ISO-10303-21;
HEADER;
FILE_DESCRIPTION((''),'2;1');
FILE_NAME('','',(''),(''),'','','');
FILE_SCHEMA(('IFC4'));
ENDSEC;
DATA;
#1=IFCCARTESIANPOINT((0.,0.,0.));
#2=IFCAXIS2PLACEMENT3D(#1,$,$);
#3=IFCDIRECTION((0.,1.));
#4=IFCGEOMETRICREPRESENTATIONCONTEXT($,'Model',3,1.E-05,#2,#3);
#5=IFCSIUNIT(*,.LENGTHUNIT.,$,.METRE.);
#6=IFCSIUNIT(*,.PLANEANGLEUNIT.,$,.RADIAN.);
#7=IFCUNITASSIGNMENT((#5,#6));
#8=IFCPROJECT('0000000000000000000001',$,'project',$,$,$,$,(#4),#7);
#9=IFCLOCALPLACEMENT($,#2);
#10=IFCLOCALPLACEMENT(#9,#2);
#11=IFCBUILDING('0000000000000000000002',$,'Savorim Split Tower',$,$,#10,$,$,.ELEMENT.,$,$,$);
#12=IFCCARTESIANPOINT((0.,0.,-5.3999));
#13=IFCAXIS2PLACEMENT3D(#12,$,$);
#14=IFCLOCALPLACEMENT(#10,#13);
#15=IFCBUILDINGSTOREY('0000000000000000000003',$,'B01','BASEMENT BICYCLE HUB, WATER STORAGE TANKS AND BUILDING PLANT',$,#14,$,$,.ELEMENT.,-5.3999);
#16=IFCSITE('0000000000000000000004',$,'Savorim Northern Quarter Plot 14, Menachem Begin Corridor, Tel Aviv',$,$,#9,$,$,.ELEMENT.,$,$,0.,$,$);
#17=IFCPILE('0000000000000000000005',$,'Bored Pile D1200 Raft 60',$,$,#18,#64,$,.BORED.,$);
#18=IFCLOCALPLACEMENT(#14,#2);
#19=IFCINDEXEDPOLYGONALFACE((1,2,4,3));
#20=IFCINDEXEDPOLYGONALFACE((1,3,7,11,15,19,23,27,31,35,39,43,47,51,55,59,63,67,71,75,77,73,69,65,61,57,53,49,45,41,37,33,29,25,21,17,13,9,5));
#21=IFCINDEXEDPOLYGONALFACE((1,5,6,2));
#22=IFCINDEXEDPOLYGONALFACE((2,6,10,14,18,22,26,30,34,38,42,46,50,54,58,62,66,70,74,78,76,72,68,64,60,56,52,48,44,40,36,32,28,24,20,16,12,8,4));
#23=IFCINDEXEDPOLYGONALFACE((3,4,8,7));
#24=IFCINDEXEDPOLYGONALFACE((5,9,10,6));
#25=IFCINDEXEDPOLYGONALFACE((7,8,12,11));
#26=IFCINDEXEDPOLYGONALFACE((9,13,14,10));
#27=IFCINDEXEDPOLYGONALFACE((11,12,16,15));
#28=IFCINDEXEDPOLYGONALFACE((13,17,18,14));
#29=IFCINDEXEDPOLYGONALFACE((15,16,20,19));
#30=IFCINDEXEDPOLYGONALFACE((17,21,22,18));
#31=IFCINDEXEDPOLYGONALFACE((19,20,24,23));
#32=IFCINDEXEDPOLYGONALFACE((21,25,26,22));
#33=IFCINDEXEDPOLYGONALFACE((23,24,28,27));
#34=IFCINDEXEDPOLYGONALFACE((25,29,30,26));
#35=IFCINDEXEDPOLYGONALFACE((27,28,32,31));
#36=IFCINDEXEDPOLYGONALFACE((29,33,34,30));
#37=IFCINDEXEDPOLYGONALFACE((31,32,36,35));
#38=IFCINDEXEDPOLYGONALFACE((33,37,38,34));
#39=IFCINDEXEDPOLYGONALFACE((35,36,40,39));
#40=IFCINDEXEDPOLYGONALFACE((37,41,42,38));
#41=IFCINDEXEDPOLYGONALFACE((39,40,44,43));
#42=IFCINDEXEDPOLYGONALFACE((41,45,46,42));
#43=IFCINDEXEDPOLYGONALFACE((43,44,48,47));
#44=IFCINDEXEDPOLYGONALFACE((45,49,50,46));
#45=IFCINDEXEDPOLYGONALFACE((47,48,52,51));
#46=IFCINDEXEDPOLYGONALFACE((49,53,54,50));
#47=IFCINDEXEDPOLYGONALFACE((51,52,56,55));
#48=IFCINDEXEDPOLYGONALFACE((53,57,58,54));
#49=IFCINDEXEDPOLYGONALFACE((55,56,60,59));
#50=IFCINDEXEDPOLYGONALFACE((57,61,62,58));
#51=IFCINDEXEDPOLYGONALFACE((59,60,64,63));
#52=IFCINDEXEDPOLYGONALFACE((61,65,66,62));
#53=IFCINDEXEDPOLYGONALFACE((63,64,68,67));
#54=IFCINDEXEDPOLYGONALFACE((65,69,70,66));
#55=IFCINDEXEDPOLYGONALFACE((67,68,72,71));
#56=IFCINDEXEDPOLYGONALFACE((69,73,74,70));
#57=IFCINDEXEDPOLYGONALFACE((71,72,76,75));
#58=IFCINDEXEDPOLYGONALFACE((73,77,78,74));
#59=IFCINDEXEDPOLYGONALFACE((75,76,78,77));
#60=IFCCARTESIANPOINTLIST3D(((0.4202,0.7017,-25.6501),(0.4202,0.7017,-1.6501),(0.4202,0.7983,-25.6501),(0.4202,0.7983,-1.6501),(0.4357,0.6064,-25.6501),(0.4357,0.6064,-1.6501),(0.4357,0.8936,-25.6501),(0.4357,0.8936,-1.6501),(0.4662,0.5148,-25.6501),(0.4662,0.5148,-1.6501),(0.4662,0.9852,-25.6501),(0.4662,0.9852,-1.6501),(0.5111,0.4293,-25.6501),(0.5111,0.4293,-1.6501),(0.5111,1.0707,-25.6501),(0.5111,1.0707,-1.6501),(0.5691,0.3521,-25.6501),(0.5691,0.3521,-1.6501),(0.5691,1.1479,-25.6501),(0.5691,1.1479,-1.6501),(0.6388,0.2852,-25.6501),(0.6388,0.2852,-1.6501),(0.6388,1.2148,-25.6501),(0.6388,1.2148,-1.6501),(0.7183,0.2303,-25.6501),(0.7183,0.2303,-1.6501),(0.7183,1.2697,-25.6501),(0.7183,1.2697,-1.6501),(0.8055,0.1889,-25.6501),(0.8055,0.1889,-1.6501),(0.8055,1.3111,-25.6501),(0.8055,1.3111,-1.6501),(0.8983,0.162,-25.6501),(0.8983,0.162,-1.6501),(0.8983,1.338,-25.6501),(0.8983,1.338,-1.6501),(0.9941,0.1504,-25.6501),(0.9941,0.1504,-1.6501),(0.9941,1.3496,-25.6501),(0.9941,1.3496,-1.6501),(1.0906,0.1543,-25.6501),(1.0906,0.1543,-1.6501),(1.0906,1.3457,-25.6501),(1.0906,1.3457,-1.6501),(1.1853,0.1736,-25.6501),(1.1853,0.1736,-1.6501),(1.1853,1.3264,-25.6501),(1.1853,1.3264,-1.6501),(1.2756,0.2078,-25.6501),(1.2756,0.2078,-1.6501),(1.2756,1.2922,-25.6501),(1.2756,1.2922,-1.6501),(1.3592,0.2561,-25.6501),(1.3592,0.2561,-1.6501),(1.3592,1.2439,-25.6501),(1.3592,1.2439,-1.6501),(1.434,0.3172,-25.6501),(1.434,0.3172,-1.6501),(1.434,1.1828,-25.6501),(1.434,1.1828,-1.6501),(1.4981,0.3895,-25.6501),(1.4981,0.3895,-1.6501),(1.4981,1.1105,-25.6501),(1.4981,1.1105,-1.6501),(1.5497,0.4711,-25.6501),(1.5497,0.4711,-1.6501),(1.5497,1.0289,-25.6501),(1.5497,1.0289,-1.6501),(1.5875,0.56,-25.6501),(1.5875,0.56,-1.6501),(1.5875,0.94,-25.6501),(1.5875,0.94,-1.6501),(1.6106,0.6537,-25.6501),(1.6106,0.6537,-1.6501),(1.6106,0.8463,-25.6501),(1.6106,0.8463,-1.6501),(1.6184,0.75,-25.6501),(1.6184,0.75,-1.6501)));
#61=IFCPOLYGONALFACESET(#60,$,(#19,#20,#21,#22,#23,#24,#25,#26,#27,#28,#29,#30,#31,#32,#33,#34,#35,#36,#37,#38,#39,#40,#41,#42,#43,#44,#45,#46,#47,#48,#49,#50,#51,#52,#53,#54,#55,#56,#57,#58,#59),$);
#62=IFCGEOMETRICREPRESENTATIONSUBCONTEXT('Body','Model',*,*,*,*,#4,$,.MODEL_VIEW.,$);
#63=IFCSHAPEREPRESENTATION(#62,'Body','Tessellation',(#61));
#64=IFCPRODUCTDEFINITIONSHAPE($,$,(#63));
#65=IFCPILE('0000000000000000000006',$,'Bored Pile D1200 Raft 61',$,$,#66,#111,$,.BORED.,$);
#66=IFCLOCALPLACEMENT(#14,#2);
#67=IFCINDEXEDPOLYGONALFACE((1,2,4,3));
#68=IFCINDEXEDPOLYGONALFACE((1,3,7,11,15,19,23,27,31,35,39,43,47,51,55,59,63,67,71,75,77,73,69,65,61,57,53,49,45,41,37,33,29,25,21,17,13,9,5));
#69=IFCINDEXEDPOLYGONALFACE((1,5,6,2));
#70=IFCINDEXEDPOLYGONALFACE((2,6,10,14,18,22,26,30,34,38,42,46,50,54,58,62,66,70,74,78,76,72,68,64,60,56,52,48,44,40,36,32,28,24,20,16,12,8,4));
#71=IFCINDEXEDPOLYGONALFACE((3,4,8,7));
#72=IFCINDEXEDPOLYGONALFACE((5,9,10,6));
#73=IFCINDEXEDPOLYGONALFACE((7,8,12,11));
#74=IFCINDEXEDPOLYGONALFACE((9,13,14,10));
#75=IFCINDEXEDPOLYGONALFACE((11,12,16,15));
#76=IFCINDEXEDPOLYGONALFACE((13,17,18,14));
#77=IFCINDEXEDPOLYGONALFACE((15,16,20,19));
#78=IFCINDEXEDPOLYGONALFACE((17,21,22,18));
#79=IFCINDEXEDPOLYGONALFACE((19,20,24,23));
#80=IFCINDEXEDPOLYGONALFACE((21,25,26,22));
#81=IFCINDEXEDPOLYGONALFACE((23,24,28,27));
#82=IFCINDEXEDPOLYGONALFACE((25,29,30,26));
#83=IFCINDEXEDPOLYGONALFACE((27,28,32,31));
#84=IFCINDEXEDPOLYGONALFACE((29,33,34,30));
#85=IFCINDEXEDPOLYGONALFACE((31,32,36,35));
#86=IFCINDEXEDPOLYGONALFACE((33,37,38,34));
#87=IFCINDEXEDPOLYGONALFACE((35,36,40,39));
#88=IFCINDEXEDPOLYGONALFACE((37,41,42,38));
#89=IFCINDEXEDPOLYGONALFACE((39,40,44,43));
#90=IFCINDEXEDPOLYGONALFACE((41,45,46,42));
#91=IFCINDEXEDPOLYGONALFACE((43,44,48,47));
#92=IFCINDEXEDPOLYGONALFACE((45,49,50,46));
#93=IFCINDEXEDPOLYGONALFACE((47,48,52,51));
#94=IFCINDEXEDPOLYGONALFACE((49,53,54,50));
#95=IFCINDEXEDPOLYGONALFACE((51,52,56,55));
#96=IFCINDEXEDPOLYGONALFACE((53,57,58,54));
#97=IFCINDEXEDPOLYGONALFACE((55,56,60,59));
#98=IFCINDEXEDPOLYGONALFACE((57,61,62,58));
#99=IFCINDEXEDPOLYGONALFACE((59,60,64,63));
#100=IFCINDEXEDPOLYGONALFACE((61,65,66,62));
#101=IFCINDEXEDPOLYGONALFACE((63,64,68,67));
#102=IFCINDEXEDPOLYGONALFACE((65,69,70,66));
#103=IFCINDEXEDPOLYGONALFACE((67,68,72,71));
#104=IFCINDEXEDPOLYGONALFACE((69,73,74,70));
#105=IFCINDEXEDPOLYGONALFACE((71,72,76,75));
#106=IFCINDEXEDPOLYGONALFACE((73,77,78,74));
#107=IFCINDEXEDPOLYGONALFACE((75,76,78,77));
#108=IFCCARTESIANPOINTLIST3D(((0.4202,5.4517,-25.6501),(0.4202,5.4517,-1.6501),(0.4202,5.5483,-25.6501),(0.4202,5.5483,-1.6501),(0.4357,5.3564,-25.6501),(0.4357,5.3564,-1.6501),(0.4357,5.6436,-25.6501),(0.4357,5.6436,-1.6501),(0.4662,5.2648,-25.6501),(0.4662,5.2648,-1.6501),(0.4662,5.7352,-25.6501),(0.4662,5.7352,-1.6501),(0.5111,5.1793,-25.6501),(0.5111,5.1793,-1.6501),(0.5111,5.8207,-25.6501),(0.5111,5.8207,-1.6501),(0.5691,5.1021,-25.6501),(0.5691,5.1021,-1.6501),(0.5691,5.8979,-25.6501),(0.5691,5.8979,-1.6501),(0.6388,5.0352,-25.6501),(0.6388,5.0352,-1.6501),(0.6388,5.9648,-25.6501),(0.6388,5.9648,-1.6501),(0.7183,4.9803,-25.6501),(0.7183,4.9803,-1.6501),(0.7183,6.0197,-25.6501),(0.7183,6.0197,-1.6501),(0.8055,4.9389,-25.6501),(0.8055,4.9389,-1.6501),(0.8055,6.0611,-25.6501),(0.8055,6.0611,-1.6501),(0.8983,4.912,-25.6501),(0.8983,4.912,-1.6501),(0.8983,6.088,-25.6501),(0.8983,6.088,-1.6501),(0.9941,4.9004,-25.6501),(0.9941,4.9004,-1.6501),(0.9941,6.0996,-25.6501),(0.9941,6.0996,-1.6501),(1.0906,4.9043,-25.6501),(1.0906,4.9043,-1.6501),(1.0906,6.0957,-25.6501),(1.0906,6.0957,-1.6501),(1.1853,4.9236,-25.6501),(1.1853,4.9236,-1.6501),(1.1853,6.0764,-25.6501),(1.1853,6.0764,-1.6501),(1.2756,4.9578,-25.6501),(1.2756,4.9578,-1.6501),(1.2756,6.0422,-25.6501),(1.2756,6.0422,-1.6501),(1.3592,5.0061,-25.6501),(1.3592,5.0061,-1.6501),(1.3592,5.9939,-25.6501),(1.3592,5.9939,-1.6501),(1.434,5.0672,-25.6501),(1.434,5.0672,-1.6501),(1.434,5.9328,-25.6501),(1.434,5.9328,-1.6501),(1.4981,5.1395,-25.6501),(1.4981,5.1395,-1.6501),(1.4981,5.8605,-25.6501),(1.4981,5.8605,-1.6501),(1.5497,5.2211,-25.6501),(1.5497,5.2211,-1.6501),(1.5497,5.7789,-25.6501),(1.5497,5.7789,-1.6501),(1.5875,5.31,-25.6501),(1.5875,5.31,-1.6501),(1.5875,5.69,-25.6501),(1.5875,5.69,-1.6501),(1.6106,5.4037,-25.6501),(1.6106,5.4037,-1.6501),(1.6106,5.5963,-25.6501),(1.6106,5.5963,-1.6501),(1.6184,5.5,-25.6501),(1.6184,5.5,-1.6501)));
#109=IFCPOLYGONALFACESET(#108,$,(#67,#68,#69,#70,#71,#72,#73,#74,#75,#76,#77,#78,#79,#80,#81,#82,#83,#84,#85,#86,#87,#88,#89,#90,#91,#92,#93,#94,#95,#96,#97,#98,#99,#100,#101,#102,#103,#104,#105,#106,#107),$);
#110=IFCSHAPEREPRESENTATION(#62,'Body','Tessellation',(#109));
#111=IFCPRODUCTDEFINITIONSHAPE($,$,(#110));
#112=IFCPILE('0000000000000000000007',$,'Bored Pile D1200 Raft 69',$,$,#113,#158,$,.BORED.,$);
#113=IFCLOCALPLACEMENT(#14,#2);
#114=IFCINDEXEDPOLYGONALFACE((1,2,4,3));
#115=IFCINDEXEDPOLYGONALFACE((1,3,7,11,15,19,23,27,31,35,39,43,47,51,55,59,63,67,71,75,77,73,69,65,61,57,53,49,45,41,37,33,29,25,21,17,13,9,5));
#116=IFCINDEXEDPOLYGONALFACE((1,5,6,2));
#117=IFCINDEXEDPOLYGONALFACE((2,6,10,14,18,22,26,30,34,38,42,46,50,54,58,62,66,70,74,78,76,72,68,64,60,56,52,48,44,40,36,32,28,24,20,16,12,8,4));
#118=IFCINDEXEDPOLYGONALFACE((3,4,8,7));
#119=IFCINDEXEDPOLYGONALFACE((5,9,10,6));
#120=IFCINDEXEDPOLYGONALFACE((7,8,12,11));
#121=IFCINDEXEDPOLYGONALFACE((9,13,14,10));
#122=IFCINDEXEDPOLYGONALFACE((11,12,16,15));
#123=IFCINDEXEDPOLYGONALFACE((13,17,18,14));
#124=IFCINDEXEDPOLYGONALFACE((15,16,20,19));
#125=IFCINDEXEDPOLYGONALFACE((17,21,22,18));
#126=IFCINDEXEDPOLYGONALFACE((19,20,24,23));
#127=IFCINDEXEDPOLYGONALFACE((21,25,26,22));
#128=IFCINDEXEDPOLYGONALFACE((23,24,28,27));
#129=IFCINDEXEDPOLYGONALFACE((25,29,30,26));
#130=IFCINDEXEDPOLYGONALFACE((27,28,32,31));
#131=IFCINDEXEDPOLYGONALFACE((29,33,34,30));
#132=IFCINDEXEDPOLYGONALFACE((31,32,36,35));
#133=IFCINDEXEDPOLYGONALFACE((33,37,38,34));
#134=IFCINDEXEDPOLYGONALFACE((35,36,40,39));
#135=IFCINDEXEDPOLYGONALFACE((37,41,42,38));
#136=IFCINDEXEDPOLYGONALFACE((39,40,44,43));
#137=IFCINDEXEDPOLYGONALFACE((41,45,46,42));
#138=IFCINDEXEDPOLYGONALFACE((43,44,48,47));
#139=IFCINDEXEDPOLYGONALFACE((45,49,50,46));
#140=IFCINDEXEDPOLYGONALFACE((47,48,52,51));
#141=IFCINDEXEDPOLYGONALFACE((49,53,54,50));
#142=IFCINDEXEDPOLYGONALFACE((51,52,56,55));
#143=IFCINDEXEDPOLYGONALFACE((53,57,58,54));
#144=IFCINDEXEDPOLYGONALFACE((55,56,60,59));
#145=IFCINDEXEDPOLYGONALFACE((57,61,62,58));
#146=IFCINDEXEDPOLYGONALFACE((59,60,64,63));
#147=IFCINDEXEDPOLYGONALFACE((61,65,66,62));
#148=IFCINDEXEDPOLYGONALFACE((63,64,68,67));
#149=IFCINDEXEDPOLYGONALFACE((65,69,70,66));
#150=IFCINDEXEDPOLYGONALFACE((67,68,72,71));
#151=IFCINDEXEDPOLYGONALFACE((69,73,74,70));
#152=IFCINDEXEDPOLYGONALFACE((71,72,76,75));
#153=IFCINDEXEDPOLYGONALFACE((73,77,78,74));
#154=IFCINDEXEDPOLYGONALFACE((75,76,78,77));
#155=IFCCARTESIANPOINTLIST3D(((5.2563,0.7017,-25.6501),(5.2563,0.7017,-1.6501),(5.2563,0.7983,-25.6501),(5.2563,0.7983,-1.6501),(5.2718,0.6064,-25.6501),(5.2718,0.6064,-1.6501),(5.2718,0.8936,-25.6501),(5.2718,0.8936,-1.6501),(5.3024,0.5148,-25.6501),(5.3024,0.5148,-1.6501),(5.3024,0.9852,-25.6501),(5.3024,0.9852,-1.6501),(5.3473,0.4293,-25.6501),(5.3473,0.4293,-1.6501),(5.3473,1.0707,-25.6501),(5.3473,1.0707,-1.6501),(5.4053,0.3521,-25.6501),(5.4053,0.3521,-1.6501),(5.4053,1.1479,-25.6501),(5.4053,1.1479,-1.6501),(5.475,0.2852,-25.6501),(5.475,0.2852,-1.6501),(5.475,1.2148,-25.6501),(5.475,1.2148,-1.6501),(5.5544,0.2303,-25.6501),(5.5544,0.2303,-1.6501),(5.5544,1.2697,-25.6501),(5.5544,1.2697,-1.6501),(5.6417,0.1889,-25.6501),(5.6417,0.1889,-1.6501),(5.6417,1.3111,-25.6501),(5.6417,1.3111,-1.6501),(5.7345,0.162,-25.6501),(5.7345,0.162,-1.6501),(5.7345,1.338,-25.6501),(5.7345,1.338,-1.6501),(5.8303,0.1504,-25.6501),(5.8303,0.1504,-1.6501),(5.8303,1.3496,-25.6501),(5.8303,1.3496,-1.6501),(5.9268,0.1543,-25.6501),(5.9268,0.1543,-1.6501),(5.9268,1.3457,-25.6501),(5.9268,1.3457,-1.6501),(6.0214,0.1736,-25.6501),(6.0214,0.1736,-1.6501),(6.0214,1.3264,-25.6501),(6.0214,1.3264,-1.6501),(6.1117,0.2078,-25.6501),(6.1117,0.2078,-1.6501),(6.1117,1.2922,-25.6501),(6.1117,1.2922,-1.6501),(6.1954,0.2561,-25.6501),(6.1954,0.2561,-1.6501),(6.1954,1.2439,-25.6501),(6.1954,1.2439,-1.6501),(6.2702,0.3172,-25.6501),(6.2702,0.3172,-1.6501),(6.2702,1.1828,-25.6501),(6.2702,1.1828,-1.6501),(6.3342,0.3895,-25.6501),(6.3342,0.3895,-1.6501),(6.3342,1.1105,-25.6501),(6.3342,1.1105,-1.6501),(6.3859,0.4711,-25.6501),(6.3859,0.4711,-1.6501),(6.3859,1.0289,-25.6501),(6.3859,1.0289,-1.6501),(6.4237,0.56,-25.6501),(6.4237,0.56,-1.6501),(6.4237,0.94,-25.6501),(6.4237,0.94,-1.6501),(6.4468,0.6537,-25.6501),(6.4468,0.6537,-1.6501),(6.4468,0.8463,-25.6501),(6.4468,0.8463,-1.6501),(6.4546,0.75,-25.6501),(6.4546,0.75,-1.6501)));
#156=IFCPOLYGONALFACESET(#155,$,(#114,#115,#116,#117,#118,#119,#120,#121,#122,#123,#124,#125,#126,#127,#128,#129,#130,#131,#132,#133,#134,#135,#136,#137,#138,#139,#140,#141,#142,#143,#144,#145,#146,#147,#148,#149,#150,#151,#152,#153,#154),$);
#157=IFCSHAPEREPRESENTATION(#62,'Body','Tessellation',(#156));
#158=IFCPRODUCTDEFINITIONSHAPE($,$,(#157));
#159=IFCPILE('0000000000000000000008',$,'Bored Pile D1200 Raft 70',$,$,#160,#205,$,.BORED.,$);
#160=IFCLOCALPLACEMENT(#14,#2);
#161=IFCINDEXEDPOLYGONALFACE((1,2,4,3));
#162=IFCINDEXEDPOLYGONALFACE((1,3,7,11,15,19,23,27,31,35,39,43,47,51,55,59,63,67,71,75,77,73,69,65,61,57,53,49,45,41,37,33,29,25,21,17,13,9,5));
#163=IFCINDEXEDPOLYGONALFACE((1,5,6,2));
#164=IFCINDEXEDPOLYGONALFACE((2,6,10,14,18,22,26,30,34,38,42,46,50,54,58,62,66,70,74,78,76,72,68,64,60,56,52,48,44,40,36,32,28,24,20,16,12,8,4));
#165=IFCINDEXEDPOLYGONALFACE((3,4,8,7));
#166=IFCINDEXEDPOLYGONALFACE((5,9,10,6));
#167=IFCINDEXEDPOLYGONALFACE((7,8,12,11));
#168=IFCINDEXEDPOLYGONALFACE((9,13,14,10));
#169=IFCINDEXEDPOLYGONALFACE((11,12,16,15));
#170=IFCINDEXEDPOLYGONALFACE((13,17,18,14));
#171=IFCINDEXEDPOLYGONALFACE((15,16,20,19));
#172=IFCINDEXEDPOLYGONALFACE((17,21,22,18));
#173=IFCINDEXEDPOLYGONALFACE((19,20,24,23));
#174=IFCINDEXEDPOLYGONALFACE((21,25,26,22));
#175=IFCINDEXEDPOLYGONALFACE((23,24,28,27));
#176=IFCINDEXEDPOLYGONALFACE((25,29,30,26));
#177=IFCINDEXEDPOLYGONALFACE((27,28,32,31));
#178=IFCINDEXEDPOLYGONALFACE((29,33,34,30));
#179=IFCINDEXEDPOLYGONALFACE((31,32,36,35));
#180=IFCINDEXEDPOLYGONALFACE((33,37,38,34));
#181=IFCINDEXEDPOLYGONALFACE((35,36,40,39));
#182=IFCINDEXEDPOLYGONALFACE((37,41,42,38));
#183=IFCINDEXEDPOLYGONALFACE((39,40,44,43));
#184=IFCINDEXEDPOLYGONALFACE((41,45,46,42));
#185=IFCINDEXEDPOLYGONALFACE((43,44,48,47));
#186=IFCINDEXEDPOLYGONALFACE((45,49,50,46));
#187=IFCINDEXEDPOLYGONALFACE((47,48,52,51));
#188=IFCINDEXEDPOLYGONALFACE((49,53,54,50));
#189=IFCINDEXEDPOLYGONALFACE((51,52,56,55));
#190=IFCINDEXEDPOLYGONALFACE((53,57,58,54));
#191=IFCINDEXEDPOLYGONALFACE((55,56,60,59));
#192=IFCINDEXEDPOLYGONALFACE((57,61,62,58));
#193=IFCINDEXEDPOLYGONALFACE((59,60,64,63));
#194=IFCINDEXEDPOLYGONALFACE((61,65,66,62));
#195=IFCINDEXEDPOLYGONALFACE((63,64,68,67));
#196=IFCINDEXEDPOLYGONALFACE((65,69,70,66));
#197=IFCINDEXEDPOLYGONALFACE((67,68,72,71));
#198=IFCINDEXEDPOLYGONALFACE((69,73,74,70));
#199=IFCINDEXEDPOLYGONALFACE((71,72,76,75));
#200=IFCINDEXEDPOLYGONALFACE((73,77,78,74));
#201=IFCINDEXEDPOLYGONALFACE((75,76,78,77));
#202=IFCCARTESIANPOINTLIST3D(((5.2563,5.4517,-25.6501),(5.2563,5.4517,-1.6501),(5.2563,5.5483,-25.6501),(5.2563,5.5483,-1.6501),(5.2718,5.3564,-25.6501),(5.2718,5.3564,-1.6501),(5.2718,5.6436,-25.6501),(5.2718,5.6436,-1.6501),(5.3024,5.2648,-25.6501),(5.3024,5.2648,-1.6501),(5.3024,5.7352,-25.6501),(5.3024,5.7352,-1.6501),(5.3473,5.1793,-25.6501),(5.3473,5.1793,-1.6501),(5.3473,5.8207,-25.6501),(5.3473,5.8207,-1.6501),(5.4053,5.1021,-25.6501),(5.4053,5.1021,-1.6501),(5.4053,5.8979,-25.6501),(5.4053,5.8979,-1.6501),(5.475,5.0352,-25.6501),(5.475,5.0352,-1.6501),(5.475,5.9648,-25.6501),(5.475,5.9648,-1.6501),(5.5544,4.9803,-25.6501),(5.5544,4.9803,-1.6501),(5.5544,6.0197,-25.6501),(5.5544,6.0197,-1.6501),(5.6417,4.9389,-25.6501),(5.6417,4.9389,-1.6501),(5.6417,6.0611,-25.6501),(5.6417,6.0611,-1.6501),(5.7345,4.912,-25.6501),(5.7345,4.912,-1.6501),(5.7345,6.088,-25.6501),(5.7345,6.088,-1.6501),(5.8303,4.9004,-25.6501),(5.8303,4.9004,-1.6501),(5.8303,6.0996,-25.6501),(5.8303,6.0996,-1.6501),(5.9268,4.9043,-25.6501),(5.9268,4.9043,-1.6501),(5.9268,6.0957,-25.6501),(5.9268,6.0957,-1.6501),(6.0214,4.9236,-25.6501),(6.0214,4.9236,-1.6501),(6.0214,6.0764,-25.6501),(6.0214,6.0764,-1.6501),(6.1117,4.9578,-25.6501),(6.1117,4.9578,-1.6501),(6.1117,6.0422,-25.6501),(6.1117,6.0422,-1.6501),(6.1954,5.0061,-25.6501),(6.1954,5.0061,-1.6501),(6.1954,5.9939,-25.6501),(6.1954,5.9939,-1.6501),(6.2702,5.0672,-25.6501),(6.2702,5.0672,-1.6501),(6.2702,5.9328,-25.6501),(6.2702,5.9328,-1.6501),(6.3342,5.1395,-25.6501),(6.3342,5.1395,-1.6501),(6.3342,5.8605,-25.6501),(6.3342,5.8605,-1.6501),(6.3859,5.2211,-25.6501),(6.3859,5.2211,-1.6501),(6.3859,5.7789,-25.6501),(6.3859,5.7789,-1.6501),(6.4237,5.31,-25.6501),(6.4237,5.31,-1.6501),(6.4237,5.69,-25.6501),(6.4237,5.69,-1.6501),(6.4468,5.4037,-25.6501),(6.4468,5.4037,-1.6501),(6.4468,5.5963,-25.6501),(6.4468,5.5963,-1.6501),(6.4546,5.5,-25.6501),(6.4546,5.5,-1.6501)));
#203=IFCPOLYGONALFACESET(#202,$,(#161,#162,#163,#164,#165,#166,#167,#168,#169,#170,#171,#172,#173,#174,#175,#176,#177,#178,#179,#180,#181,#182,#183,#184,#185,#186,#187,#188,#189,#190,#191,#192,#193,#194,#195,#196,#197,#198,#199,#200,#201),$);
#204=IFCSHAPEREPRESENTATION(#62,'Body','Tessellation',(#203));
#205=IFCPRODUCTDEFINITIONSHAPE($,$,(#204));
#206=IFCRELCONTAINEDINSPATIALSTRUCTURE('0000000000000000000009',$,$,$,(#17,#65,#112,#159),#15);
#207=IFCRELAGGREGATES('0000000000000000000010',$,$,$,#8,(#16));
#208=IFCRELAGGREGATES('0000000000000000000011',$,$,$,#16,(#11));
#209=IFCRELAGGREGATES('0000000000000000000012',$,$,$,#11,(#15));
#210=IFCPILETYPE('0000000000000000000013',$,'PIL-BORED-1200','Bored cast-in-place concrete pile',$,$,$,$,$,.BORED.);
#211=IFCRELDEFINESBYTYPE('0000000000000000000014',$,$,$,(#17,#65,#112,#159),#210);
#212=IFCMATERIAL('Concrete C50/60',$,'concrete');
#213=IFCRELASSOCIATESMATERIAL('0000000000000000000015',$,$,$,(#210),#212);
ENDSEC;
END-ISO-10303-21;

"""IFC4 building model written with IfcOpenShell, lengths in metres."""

from ifc_helpers import new_model, si_unit, direction, frame, origin, origin_2d, place, context, subcontext, project, spatial, circle, extrude, material, material_profile, profile_set, type_object, element, save


model = new_model("IFC4")

# Units and contexts
model_context = context("Model", 3, precision=1e-05, world=origin(), true_north=direction((0.0, 1.0)))
body_context = subcontext(model_context, "Body", "Model", "MODEL_VIEW")
ifc_project = project(units=[si_unit("LENGTHUNIT", "METRE"), si_unit("PLANEANGLEUNIT", "RADIAN")], contexts=[model_context])

# Site, building, storey
site_placement = place(None, origin())
site = spatial("IfcSite", under=ifc_project, at=site_placement, Name="Savorim Northern Quarter Plot 14, Menachem Begin Corridor, Tel Aviv", CompositionType="ELEMENT", RefElevation=0.0)
building_placement = place(site_placement, origin())
building = spatial("IfcBuilding", under=site, at=building_placement, Name="Savorim Split Tower", CompositionType="ELEMENT")
storey_placement = place(building_placement, frame((0.0, 0.0, -5.3999)))
storey = spatial("IfcBuildingStorey", under=building, at=storey_placement, Name="B01", Description="BASEMENT BICYCLE HUB, WATER STORAGE TANKS AND BUILDING PLANT", CompositionType="ELEMENT", Elevation=-5.3999)

# Piles
ifc_material_1 = material(Name="Concrete C50/60", Category="concrete")
ifc_material_profile_1 = material_profile(ifc_material_1, circle(Radius=0.6001, at=origin_2d()), Name="PILE D1200")
ifc_profile_set_1 = profile_set([ifc_material_profile_1], Name="Concrete C50/60")
pile_type = type_object("IfcPileType", Name="PIL-BORED-1200", Description="Bored cast-in-place concrete pile", PredefinedType="BORED", material=ifc_profile_set_1)
for number, where, z_axis, x_axis, name in (
    (1, (1.0183, 0.75, -1.6501), (0.0, 0.0, -1.0), (1.0, 0.0, 0.0), "Bored Pile D1200 Raft 60"),
    (2, (1.0183, 5.5, -1.6501), (0.0, 0.0, -1.0), (1.0, 0.0, 0.0), "Bored Pile D1200 Raft 61"),
    (3, (5.8545, 0.75, -1.6501), (0.0, 0.0, -1.0), (1.0, 0.0, 0.0), "Bored Pile D1200 Raft 69"),
    (4, (5.8545, 5.5, -1.6501), (0.0, 0.0, -1.0), (1.0, 0.0, 0.0), "Bored Pile D1200 Raft 70"),
):
    element("IfcPile", number, at=place(storey_placement, frame(where, z_axis=z_axis, x_axis=x_axis)), inside=storey, type_object=pile_type, Name=name, PredefinedType="BORED", context=body_context, shape_type="SweptSolid", body=[
        extrude(circle(Radius=0.6001, at=origin_2d()), origin(), (0.0, 0.0, 1.0), 24.0),
    ])

save(model, "model.ifc")
